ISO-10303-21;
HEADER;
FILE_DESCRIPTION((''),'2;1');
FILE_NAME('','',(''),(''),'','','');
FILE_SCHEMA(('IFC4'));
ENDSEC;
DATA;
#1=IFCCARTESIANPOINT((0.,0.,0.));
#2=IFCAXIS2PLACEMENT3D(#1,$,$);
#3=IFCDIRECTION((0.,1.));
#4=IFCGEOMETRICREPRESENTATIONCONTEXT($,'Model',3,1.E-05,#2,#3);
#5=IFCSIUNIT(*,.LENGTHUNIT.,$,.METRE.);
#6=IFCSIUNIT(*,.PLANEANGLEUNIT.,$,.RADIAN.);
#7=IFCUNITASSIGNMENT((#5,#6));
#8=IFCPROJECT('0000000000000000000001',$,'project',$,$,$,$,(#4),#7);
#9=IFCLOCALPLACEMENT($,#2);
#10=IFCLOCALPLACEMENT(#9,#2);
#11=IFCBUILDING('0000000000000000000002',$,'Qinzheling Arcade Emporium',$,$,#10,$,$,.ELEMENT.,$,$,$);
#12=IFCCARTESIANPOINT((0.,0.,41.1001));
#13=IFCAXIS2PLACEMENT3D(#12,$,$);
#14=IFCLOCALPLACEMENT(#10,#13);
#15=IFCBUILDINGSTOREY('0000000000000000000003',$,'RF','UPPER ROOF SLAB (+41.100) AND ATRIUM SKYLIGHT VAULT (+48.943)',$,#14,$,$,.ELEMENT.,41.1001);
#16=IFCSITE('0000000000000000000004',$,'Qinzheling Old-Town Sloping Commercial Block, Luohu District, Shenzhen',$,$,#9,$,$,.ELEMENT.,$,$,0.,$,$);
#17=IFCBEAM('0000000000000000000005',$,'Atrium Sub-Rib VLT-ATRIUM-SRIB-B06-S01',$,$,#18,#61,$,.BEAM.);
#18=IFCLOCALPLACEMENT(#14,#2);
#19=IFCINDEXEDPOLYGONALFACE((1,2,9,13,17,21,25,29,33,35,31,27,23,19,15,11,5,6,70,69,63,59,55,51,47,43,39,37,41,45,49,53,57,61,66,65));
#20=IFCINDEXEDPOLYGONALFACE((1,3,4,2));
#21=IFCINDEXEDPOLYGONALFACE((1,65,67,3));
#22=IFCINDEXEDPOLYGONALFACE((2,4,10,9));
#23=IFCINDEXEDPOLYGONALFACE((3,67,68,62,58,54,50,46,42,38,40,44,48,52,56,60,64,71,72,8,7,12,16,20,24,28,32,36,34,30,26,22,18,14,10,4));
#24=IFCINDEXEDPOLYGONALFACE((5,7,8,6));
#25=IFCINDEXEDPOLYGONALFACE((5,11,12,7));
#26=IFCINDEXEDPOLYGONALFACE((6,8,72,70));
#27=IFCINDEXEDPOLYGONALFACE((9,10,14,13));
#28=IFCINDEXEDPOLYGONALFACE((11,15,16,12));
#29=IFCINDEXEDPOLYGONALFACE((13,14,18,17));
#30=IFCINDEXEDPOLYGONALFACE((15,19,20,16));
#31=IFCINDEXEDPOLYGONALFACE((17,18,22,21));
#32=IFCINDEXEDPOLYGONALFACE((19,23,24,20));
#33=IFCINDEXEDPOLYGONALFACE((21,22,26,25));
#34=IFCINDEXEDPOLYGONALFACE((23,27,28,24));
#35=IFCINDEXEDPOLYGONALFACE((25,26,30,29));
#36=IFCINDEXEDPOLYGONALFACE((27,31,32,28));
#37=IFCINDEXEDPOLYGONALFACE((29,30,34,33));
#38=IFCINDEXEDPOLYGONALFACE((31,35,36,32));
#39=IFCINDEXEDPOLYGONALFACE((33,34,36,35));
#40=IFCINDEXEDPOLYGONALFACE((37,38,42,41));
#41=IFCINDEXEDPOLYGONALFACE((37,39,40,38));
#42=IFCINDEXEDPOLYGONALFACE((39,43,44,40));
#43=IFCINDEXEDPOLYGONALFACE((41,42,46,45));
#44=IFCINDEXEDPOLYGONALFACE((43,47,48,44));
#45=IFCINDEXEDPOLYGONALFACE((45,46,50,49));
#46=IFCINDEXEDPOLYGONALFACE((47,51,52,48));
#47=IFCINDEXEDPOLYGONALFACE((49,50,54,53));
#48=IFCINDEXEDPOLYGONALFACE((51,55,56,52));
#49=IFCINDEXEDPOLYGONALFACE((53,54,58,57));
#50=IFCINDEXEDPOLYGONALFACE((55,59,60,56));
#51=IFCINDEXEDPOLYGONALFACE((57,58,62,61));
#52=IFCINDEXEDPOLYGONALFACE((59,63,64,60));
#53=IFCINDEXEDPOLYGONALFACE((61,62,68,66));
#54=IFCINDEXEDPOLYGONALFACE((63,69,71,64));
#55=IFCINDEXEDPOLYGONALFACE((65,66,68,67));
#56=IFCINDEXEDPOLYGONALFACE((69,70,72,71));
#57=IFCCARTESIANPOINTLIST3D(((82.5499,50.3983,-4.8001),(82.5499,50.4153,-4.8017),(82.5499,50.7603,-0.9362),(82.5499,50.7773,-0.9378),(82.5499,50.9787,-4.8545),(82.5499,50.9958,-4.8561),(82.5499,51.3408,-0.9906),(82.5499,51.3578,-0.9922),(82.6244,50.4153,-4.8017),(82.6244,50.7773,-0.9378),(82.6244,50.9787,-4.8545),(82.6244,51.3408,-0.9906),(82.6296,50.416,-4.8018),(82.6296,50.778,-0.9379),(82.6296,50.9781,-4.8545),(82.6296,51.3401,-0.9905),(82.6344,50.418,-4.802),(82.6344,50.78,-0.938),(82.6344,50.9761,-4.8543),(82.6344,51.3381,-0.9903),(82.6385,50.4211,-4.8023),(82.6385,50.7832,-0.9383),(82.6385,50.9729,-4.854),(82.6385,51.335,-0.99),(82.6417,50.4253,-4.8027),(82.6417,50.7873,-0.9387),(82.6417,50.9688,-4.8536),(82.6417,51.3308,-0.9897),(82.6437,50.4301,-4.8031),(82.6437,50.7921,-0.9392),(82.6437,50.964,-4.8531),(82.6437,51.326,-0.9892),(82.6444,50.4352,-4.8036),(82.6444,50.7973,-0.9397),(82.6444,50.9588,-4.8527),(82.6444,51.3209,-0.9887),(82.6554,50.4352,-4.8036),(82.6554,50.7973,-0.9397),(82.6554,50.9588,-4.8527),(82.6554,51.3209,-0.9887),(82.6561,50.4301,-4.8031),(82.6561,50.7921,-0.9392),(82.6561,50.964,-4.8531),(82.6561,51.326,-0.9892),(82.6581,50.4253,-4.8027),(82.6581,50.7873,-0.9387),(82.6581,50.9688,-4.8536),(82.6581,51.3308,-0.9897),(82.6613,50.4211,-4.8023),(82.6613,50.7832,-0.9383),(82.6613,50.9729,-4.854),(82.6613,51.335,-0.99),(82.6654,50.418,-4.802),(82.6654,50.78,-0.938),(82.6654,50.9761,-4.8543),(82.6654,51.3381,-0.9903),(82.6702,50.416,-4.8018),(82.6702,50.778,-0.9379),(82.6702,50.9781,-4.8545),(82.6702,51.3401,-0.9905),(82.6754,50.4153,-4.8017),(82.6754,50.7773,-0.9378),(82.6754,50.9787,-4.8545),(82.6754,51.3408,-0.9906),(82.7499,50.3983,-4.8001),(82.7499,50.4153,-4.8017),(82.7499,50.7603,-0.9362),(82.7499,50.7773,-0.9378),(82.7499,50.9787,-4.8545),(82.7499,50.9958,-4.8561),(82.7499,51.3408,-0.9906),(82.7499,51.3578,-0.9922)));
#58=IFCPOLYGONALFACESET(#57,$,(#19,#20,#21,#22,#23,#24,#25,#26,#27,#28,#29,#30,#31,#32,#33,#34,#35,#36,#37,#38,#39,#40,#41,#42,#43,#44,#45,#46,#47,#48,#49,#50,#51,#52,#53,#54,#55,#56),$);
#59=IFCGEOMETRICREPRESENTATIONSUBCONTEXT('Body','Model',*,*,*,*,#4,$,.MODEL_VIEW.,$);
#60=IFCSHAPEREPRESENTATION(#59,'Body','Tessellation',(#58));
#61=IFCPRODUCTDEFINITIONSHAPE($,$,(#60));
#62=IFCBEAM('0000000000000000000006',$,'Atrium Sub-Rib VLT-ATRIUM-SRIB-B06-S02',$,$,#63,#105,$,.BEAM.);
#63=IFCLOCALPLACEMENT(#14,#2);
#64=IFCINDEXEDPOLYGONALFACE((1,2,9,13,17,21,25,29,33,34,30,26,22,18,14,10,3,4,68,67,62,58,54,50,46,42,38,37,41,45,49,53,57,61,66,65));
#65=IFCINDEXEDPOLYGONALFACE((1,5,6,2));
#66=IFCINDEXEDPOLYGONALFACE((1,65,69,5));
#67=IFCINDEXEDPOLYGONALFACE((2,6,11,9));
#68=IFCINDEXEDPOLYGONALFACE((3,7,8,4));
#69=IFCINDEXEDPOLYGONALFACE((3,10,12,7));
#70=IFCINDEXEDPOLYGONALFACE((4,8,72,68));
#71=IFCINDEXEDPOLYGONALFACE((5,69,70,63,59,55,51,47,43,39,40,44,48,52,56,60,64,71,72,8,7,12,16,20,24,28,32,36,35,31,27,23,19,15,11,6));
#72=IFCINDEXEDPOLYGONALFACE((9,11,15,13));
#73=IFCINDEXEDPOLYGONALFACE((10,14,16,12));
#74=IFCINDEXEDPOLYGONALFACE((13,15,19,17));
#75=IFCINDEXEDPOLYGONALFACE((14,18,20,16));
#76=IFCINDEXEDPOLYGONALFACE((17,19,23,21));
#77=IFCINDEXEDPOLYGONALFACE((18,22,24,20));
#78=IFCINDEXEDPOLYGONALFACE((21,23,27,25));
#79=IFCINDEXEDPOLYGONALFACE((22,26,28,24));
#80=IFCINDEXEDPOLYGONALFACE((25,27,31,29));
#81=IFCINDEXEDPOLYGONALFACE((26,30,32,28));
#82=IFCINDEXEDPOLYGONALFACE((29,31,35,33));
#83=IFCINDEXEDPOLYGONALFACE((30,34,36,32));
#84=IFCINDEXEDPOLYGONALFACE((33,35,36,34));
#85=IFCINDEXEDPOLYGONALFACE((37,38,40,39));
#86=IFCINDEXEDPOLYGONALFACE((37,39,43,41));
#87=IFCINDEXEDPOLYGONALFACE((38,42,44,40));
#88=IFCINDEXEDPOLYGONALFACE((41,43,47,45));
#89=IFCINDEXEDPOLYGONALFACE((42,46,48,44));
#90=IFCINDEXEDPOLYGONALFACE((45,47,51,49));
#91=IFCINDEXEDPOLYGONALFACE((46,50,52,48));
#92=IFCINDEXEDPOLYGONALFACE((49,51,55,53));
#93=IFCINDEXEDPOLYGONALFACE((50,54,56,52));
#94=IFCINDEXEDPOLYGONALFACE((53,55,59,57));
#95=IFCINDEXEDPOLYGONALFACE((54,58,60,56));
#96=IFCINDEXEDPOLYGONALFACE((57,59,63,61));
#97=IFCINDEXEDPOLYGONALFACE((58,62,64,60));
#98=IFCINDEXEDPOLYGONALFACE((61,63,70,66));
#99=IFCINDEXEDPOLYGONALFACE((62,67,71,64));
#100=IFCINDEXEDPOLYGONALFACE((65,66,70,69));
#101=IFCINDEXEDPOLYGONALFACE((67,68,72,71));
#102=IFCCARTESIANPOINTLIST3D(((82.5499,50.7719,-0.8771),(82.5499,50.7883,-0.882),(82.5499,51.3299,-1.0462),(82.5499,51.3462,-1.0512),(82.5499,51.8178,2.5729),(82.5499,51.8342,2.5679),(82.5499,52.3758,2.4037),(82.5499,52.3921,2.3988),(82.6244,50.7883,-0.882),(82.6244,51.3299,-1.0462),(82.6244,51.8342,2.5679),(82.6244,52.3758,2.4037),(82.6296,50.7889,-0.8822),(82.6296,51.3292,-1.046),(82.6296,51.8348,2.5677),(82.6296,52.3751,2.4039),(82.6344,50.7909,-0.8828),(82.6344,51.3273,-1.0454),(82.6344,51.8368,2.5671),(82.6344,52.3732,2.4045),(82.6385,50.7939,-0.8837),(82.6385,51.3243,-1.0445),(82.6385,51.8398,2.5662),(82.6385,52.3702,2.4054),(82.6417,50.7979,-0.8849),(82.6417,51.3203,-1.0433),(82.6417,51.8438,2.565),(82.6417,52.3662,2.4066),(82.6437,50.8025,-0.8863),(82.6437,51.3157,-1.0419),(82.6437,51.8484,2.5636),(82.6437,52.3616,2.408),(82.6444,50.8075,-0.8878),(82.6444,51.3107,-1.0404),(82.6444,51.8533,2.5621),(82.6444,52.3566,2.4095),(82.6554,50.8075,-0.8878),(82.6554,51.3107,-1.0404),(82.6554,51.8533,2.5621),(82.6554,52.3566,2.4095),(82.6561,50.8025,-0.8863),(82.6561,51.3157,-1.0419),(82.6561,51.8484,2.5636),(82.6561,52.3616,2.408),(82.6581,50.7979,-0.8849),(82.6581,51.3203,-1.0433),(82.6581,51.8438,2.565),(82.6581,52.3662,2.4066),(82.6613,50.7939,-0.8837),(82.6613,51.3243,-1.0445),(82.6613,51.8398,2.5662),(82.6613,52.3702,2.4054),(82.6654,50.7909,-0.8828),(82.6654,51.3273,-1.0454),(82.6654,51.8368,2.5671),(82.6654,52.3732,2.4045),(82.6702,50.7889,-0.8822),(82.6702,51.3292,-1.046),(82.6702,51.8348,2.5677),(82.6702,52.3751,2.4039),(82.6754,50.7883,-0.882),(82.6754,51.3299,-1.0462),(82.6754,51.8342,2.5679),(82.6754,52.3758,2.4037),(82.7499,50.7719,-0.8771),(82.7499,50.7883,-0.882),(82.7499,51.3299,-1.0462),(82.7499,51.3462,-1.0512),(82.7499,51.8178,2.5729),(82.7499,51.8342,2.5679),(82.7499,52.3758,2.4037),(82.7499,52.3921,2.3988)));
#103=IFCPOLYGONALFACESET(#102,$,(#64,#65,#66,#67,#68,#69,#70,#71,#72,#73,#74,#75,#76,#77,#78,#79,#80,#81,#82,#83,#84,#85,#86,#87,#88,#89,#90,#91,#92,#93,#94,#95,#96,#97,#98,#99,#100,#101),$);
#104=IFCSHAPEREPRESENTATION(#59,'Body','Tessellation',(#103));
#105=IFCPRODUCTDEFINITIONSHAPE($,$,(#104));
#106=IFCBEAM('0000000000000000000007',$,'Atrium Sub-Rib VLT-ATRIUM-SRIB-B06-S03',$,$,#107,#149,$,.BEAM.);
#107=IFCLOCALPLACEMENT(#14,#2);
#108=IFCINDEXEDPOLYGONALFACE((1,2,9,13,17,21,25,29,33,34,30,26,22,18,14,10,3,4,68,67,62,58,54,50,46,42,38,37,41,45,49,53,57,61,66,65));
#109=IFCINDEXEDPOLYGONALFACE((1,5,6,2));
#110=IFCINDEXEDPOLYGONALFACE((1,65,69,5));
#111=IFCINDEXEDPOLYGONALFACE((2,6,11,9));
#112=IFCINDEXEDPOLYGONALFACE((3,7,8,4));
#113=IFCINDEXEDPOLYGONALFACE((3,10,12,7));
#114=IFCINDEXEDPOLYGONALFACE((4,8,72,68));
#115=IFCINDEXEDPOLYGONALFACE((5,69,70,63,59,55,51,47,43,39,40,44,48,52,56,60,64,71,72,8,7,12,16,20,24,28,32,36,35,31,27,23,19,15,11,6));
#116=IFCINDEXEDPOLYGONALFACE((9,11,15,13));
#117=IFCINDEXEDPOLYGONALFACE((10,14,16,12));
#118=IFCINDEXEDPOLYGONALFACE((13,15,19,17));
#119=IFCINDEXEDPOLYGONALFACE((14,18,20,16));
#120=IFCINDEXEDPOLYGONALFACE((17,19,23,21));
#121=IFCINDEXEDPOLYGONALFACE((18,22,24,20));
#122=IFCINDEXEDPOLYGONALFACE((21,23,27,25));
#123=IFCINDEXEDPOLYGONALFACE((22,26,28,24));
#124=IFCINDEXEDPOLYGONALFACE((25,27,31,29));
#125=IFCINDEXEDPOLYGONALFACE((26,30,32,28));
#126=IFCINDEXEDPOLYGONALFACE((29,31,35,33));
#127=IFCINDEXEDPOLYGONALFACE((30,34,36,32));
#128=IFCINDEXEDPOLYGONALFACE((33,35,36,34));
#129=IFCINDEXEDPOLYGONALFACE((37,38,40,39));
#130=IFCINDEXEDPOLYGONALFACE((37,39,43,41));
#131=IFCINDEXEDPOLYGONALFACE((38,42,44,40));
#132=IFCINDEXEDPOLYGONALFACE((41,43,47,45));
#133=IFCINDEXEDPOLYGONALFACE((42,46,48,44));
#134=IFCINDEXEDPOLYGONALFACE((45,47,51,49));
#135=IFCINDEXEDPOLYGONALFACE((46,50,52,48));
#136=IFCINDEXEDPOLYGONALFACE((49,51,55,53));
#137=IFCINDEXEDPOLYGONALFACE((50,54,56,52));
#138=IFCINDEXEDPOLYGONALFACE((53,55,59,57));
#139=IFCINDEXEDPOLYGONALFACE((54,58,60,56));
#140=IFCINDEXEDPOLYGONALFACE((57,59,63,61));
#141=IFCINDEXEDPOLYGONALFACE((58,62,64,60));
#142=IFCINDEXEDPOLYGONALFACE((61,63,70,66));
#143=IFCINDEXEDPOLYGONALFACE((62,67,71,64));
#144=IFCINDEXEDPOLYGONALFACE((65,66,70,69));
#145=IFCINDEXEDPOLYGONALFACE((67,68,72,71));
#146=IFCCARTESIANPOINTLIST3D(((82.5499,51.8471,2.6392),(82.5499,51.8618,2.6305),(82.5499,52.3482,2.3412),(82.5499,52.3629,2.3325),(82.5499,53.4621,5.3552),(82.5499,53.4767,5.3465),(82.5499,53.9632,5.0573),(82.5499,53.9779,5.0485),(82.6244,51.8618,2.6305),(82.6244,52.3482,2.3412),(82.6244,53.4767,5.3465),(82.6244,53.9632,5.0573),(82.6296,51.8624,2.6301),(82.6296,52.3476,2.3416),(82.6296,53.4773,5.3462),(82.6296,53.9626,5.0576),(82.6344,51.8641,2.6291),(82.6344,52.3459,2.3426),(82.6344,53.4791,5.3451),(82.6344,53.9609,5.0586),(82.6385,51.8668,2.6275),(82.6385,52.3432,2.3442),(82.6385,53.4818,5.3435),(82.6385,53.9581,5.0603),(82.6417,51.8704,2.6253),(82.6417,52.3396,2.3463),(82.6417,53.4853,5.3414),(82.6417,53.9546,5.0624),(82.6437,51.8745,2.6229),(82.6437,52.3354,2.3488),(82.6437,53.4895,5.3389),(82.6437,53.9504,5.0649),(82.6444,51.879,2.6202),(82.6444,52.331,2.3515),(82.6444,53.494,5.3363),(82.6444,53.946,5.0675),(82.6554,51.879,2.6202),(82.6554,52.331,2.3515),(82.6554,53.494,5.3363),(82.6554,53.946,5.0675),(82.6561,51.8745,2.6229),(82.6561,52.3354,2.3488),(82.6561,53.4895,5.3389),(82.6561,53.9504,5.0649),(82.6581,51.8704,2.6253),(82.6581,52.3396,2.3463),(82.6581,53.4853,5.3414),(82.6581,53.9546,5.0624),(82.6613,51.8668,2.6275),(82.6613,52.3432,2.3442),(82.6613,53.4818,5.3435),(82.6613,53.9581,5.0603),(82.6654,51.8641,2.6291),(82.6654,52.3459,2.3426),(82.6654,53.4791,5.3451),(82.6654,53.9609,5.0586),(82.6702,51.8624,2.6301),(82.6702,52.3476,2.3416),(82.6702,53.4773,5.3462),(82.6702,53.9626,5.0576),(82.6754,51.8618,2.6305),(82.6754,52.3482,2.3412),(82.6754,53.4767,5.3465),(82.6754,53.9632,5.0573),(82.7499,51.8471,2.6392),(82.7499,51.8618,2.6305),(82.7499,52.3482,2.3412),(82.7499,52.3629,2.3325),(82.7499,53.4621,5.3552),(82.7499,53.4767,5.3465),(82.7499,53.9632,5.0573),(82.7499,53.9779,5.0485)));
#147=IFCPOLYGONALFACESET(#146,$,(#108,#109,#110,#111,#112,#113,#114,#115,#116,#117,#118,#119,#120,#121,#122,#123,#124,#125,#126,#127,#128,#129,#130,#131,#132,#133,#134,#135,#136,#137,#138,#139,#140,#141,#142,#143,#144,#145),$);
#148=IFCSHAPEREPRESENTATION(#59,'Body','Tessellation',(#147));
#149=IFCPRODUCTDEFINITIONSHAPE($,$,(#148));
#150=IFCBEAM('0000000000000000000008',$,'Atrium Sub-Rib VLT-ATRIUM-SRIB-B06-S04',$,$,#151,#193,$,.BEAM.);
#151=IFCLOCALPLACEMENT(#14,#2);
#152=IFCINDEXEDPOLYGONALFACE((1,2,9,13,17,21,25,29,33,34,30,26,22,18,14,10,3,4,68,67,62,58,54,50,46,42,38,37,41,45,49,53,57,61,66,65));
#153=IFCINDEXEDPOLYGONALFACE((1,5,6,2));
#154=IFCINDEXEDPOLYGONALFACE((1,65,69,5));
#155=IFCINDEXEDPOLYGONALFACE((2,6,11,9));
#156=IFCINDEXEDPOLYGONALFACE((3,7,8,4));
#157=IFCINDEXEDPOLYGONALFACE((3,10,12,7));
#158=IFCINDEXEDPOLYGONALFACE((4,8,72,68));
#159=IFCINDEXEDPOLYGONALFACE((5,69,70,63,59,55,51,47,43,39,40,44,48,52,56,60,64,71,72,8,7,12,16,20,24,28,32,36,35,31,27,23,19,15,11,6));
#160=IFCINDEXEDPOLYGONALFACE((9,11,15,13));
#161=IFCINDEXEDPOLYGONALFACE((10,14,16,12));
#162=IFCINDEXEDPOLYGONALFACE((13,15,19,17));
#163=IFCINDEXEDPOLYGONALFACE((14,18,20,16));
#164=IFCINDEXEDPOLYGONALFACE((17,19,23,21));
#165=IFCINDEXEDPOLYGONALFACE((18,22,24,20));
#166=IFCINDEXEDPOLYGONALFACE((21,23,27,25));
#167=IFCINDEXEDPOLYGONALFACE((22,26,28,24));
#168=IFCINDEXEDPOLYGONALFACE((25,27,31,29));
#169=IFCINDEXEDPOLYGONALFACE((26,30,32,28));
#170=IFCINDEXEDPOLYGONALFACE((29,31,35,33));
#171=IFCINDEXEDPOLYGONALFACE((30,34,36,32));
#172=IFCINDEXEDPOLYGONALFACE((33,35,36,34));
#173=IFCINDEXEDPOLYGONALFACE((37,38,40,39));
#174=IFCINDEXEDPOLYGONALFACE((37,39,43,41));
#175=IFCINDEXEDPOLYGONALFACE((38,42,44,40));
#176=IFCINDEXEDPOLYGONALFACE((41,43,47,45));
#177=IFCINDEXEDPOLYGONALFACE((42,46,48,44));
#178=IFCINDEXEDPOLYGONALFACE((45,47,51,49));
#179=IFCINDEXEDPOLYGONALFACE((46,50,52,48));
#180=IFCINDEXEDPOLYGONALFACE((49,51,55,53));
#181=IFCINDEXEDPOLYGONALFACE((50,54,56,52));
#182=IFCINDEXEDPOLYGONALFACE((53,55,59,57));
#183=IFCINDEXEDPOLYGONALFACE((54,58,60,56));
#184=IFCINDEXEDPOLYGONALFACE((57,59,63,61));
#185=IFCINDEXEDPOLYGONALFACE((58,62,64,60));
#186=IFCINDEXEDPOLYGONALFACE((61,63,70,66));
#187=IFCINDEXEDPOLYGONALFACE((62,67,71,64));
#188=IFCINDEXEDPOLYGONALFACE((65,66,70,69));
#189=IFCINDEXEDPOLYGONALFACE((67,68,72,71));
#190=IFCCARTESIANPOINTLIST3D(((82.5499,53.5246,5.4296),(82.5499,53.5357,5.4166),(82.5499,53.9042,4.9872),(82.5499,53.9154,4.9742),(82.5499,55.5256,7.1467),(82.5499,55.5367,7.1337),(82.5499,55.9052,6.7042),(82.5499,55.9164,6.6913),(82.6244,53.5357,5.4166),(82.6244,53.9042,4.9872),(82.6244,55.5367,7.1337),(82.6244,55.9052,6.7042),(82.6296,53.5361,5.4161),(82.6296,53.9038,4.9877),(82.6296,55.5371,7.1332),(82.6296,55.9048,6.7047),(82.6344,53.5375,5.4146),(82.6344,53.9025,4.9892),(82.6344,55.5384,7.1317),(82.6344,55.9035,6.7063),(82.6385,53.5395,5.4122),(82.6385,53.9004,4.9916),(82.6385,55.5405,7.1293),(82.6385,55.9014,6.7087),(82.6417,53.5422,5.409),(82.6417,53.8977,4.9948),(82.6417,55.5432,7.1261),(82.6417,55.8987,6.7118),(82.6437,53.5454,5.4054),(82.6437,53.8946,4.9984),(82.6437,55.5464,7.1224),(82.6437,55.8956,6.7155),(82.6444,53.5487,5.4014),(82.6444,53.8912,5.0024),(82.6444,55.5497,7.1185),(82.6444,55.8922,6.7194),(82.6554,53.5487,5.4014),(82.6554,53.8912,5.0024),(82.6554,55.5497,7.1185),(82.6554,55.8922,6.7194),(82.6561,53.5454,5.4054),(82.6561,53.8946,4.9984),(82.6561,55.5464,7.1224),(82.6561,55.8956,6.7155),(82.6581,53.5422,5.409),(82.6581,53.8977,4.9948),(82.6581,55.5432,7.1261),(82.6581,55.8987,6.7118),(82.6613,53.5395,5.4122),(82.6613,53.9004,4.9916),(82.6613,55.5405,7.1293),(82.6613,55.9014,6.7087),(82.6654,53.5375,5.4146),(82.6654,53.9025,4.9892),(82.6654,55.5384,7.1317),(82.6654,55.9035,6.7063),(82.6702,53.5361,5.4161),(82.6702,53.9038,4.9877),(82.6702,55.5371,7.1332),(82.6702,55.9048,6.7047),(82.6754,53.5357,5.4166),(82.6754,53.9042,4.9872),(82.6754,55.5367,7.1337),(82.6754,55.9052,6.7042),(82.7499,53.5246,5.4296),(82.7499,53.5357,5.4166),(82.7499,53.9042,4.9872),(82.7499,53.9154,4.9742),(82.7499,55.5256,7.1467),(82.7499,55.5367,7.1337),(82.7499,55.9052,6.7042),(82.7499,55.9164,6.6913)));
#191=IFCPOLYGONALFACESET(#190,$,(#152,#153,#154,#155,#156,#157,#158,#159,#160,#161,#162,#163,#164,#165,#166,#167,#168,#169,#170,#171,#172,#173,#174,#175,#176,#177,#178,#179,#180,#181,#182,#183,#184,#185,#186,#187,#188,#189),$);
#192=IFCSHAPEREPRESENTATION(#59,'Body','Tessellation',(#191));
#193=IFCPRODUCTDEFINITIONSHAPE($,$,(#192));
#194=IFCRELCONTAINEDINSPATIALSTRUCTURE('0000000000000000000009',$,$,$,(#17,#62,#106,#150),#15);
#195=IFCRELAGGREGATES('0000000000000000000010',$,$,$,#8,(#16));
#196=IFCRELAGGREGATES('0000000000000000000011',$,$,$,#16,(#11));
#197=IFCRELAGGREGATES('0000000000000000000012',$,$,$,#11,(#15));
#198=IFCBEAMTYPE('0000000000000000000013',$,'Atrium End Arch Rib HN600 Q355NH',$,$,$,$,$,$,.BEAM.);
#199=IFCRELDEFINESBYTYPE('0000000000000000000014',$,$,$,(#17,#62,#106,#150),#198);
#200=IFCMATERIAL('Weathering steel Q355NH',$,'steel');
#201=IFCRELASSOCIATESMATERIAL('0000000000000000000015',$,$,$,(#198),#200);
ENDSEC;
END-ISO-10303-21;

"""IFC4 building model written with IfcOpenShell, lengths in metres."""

from ifc_helpers import new_model, si_unit, direction, frame, origin, origin_2d, place, context, subcontext, project, spatial, i_section, extrude, material, material_profile, profile_set, type_object, element, save


model = new_model("IFC4")

# Units and contexts
model_context = context("Model", 3, precision=1e-05, world=origin(), true_north=direction((0.0, 1.0)))
body_context = subcontext(model_context, "Body", "Model", "MODEL_VIEW")
ifc_project = project(units=[si_unit("LENGTHUNIT", "METRE"), si_unit("PLANEANGLEUNIT", "RADIAN")], contexts=[model_context])

# Site, building, storey
site_placement = place(None, origin())
site = spatial("IfcSite", under=ifc_project, at=site_placement, Name="Qinzheling Old-Town Sloping Commercial Block, Luohu District, Shenzhen", CompositionType="ELEMENT", RefElevation=0.0)
building_placement = place(site_placement, origin())
building = spatial("IfcBuilding", under=site, at=building_placement, Name="Qinzheling Arcade Emporium", CompositionType="ELEMENT")
storey_placement = place(building_placement, frame((0.0, 0.0, 41.1001)))
storey = spatial("IfcBuildingStorey", under=building, at=storey_placement, Name="RF", Description="UPPER ROOF SLAB (+41.100) AND ATRIUM SKYLIGHT VAULT (+48.943)", CompositionType="ELEMENT", Elevation=41.1001)

# Beams
ifc_material_1 = material(Name="Weathering steel Q355NH", Category="steel")
ifc_material_profile_1 = material_profile(ifc_material_1, i_section(OverallWidth=0.2, OverallDepth=0.6001, WebThickness=0.011, FlangeThickness=0.0171, FilletRadius=0.02, at=origin_2d()), Name="HN 600x200x11x17", Category="steel")
ifc_profile_set_1 = profile_set([ifc_material_profile_1], Name="Weathering steel Q355NH")
beam_type_1 = type_object("IfcBeamType", Name="Atrium End Arch Rib HN600 Q355NH", PredefinedType="BEAM", material=ifc_profile_set_1)
beam_1_placement = place(storey_placement, frame((82.6499, 50.697, -4.8281), z_axis=(0.0, 0.093292, 0.995639), x_axis=(-1.0, 0.0, 0.0)))
element("IfcBeam", 1, at=beam_1_placement, inside=storey, type_object=beam_type_1, Name="Atrium Sub-Rib VLT-ATRIUM-SRIB-B06-S01", PredefinedType="BEAM", context=body_context, shape_type="SweptSolid", body=[
    extrude(i_section(OverallWidth=0.2, OverallDepth=0.6001, WebThickness=0.011, FlangeThickness=0.0171, FilletRadius=0.02, at=origin_2d()), origin(), (0.0, 0.0, 1.0), 3.8809),
])
beam_2_placement = place(storey_placement, frame((82.6499, 51.0591, -0.9641), z_axis=(0.0, 0.290124, 0.956989), x_axis=(-1.0, 0.0, 0.0)))
element("IfcBeam", 2, at=beam_2_placement, inside=storey, type_object=beam_type_1, Name="Atrium Sub-Rib VLT-ATRIUM-SRIB-B06-S02", PredefinedType="BEAM", context=body_context, shape_type="SweptSolid", body=[
    extrude(i_section(OverallWidth=0.2, OverallDepth=0.6001, WebThickness=0.011, FlangeThickness=0.0171, FilletRadius=0.02, at=origin_2d()), origin(), (0.0, 0.0, 1.0), 3.605),
])
beam_3_placement = place(storey_placement, frame((82.6499, 52.105, 2.4858), z_axis=(0.0, 0.511083, 0.859531), x_axis=(-1.0, 0.0, 0.0)))
element("IfcBeam", 3, at=beam_3_placement, inside=storey, type_object=beam_type_1, Name="Atrium Sub-Rib VLT-ATRIUM-SRIB-B06-S03", PredefinedType="BEAM", context=body_context, shape_type="SweptSolid", body=[
    extrude(i_section(OverallWidth=0.2, OverallDepth=0.6001, WebThickness=0.011, FlangeThickness=0.0171, FilletRadius=0.02, at=origin_2d()), origin(), (0.0, 0.0, 1.0), 3.1599),
])
beam_4_placement = place(storey_placement, frame((82.6499, 53.72, 5.2019), z_axis=(0.0, 0.758897, 0.651211), x_axis=(-1.0, 0.0, 0.0)))
element("IfcBeam", 4, at=beam_4_placement, inside=storey, type_object=beam_type_1, Name="Atrium Sub-Rib VLT-ATRIUM-SRIB-B06-S04", PredefinedType="BEAM", context=body_context, shape_type="SweptSolid", body=[
    extrude(i_section(OverallWidth=0.2, OverallDepth=0.6001, WebThickness=0.011, FlangeThickness=0.0171, FilletRadius=0.02, at=origin_2d()), origin(), (0.0, 0.0, 1.0), 2.6367),
])

save(model, "model.ifc")
